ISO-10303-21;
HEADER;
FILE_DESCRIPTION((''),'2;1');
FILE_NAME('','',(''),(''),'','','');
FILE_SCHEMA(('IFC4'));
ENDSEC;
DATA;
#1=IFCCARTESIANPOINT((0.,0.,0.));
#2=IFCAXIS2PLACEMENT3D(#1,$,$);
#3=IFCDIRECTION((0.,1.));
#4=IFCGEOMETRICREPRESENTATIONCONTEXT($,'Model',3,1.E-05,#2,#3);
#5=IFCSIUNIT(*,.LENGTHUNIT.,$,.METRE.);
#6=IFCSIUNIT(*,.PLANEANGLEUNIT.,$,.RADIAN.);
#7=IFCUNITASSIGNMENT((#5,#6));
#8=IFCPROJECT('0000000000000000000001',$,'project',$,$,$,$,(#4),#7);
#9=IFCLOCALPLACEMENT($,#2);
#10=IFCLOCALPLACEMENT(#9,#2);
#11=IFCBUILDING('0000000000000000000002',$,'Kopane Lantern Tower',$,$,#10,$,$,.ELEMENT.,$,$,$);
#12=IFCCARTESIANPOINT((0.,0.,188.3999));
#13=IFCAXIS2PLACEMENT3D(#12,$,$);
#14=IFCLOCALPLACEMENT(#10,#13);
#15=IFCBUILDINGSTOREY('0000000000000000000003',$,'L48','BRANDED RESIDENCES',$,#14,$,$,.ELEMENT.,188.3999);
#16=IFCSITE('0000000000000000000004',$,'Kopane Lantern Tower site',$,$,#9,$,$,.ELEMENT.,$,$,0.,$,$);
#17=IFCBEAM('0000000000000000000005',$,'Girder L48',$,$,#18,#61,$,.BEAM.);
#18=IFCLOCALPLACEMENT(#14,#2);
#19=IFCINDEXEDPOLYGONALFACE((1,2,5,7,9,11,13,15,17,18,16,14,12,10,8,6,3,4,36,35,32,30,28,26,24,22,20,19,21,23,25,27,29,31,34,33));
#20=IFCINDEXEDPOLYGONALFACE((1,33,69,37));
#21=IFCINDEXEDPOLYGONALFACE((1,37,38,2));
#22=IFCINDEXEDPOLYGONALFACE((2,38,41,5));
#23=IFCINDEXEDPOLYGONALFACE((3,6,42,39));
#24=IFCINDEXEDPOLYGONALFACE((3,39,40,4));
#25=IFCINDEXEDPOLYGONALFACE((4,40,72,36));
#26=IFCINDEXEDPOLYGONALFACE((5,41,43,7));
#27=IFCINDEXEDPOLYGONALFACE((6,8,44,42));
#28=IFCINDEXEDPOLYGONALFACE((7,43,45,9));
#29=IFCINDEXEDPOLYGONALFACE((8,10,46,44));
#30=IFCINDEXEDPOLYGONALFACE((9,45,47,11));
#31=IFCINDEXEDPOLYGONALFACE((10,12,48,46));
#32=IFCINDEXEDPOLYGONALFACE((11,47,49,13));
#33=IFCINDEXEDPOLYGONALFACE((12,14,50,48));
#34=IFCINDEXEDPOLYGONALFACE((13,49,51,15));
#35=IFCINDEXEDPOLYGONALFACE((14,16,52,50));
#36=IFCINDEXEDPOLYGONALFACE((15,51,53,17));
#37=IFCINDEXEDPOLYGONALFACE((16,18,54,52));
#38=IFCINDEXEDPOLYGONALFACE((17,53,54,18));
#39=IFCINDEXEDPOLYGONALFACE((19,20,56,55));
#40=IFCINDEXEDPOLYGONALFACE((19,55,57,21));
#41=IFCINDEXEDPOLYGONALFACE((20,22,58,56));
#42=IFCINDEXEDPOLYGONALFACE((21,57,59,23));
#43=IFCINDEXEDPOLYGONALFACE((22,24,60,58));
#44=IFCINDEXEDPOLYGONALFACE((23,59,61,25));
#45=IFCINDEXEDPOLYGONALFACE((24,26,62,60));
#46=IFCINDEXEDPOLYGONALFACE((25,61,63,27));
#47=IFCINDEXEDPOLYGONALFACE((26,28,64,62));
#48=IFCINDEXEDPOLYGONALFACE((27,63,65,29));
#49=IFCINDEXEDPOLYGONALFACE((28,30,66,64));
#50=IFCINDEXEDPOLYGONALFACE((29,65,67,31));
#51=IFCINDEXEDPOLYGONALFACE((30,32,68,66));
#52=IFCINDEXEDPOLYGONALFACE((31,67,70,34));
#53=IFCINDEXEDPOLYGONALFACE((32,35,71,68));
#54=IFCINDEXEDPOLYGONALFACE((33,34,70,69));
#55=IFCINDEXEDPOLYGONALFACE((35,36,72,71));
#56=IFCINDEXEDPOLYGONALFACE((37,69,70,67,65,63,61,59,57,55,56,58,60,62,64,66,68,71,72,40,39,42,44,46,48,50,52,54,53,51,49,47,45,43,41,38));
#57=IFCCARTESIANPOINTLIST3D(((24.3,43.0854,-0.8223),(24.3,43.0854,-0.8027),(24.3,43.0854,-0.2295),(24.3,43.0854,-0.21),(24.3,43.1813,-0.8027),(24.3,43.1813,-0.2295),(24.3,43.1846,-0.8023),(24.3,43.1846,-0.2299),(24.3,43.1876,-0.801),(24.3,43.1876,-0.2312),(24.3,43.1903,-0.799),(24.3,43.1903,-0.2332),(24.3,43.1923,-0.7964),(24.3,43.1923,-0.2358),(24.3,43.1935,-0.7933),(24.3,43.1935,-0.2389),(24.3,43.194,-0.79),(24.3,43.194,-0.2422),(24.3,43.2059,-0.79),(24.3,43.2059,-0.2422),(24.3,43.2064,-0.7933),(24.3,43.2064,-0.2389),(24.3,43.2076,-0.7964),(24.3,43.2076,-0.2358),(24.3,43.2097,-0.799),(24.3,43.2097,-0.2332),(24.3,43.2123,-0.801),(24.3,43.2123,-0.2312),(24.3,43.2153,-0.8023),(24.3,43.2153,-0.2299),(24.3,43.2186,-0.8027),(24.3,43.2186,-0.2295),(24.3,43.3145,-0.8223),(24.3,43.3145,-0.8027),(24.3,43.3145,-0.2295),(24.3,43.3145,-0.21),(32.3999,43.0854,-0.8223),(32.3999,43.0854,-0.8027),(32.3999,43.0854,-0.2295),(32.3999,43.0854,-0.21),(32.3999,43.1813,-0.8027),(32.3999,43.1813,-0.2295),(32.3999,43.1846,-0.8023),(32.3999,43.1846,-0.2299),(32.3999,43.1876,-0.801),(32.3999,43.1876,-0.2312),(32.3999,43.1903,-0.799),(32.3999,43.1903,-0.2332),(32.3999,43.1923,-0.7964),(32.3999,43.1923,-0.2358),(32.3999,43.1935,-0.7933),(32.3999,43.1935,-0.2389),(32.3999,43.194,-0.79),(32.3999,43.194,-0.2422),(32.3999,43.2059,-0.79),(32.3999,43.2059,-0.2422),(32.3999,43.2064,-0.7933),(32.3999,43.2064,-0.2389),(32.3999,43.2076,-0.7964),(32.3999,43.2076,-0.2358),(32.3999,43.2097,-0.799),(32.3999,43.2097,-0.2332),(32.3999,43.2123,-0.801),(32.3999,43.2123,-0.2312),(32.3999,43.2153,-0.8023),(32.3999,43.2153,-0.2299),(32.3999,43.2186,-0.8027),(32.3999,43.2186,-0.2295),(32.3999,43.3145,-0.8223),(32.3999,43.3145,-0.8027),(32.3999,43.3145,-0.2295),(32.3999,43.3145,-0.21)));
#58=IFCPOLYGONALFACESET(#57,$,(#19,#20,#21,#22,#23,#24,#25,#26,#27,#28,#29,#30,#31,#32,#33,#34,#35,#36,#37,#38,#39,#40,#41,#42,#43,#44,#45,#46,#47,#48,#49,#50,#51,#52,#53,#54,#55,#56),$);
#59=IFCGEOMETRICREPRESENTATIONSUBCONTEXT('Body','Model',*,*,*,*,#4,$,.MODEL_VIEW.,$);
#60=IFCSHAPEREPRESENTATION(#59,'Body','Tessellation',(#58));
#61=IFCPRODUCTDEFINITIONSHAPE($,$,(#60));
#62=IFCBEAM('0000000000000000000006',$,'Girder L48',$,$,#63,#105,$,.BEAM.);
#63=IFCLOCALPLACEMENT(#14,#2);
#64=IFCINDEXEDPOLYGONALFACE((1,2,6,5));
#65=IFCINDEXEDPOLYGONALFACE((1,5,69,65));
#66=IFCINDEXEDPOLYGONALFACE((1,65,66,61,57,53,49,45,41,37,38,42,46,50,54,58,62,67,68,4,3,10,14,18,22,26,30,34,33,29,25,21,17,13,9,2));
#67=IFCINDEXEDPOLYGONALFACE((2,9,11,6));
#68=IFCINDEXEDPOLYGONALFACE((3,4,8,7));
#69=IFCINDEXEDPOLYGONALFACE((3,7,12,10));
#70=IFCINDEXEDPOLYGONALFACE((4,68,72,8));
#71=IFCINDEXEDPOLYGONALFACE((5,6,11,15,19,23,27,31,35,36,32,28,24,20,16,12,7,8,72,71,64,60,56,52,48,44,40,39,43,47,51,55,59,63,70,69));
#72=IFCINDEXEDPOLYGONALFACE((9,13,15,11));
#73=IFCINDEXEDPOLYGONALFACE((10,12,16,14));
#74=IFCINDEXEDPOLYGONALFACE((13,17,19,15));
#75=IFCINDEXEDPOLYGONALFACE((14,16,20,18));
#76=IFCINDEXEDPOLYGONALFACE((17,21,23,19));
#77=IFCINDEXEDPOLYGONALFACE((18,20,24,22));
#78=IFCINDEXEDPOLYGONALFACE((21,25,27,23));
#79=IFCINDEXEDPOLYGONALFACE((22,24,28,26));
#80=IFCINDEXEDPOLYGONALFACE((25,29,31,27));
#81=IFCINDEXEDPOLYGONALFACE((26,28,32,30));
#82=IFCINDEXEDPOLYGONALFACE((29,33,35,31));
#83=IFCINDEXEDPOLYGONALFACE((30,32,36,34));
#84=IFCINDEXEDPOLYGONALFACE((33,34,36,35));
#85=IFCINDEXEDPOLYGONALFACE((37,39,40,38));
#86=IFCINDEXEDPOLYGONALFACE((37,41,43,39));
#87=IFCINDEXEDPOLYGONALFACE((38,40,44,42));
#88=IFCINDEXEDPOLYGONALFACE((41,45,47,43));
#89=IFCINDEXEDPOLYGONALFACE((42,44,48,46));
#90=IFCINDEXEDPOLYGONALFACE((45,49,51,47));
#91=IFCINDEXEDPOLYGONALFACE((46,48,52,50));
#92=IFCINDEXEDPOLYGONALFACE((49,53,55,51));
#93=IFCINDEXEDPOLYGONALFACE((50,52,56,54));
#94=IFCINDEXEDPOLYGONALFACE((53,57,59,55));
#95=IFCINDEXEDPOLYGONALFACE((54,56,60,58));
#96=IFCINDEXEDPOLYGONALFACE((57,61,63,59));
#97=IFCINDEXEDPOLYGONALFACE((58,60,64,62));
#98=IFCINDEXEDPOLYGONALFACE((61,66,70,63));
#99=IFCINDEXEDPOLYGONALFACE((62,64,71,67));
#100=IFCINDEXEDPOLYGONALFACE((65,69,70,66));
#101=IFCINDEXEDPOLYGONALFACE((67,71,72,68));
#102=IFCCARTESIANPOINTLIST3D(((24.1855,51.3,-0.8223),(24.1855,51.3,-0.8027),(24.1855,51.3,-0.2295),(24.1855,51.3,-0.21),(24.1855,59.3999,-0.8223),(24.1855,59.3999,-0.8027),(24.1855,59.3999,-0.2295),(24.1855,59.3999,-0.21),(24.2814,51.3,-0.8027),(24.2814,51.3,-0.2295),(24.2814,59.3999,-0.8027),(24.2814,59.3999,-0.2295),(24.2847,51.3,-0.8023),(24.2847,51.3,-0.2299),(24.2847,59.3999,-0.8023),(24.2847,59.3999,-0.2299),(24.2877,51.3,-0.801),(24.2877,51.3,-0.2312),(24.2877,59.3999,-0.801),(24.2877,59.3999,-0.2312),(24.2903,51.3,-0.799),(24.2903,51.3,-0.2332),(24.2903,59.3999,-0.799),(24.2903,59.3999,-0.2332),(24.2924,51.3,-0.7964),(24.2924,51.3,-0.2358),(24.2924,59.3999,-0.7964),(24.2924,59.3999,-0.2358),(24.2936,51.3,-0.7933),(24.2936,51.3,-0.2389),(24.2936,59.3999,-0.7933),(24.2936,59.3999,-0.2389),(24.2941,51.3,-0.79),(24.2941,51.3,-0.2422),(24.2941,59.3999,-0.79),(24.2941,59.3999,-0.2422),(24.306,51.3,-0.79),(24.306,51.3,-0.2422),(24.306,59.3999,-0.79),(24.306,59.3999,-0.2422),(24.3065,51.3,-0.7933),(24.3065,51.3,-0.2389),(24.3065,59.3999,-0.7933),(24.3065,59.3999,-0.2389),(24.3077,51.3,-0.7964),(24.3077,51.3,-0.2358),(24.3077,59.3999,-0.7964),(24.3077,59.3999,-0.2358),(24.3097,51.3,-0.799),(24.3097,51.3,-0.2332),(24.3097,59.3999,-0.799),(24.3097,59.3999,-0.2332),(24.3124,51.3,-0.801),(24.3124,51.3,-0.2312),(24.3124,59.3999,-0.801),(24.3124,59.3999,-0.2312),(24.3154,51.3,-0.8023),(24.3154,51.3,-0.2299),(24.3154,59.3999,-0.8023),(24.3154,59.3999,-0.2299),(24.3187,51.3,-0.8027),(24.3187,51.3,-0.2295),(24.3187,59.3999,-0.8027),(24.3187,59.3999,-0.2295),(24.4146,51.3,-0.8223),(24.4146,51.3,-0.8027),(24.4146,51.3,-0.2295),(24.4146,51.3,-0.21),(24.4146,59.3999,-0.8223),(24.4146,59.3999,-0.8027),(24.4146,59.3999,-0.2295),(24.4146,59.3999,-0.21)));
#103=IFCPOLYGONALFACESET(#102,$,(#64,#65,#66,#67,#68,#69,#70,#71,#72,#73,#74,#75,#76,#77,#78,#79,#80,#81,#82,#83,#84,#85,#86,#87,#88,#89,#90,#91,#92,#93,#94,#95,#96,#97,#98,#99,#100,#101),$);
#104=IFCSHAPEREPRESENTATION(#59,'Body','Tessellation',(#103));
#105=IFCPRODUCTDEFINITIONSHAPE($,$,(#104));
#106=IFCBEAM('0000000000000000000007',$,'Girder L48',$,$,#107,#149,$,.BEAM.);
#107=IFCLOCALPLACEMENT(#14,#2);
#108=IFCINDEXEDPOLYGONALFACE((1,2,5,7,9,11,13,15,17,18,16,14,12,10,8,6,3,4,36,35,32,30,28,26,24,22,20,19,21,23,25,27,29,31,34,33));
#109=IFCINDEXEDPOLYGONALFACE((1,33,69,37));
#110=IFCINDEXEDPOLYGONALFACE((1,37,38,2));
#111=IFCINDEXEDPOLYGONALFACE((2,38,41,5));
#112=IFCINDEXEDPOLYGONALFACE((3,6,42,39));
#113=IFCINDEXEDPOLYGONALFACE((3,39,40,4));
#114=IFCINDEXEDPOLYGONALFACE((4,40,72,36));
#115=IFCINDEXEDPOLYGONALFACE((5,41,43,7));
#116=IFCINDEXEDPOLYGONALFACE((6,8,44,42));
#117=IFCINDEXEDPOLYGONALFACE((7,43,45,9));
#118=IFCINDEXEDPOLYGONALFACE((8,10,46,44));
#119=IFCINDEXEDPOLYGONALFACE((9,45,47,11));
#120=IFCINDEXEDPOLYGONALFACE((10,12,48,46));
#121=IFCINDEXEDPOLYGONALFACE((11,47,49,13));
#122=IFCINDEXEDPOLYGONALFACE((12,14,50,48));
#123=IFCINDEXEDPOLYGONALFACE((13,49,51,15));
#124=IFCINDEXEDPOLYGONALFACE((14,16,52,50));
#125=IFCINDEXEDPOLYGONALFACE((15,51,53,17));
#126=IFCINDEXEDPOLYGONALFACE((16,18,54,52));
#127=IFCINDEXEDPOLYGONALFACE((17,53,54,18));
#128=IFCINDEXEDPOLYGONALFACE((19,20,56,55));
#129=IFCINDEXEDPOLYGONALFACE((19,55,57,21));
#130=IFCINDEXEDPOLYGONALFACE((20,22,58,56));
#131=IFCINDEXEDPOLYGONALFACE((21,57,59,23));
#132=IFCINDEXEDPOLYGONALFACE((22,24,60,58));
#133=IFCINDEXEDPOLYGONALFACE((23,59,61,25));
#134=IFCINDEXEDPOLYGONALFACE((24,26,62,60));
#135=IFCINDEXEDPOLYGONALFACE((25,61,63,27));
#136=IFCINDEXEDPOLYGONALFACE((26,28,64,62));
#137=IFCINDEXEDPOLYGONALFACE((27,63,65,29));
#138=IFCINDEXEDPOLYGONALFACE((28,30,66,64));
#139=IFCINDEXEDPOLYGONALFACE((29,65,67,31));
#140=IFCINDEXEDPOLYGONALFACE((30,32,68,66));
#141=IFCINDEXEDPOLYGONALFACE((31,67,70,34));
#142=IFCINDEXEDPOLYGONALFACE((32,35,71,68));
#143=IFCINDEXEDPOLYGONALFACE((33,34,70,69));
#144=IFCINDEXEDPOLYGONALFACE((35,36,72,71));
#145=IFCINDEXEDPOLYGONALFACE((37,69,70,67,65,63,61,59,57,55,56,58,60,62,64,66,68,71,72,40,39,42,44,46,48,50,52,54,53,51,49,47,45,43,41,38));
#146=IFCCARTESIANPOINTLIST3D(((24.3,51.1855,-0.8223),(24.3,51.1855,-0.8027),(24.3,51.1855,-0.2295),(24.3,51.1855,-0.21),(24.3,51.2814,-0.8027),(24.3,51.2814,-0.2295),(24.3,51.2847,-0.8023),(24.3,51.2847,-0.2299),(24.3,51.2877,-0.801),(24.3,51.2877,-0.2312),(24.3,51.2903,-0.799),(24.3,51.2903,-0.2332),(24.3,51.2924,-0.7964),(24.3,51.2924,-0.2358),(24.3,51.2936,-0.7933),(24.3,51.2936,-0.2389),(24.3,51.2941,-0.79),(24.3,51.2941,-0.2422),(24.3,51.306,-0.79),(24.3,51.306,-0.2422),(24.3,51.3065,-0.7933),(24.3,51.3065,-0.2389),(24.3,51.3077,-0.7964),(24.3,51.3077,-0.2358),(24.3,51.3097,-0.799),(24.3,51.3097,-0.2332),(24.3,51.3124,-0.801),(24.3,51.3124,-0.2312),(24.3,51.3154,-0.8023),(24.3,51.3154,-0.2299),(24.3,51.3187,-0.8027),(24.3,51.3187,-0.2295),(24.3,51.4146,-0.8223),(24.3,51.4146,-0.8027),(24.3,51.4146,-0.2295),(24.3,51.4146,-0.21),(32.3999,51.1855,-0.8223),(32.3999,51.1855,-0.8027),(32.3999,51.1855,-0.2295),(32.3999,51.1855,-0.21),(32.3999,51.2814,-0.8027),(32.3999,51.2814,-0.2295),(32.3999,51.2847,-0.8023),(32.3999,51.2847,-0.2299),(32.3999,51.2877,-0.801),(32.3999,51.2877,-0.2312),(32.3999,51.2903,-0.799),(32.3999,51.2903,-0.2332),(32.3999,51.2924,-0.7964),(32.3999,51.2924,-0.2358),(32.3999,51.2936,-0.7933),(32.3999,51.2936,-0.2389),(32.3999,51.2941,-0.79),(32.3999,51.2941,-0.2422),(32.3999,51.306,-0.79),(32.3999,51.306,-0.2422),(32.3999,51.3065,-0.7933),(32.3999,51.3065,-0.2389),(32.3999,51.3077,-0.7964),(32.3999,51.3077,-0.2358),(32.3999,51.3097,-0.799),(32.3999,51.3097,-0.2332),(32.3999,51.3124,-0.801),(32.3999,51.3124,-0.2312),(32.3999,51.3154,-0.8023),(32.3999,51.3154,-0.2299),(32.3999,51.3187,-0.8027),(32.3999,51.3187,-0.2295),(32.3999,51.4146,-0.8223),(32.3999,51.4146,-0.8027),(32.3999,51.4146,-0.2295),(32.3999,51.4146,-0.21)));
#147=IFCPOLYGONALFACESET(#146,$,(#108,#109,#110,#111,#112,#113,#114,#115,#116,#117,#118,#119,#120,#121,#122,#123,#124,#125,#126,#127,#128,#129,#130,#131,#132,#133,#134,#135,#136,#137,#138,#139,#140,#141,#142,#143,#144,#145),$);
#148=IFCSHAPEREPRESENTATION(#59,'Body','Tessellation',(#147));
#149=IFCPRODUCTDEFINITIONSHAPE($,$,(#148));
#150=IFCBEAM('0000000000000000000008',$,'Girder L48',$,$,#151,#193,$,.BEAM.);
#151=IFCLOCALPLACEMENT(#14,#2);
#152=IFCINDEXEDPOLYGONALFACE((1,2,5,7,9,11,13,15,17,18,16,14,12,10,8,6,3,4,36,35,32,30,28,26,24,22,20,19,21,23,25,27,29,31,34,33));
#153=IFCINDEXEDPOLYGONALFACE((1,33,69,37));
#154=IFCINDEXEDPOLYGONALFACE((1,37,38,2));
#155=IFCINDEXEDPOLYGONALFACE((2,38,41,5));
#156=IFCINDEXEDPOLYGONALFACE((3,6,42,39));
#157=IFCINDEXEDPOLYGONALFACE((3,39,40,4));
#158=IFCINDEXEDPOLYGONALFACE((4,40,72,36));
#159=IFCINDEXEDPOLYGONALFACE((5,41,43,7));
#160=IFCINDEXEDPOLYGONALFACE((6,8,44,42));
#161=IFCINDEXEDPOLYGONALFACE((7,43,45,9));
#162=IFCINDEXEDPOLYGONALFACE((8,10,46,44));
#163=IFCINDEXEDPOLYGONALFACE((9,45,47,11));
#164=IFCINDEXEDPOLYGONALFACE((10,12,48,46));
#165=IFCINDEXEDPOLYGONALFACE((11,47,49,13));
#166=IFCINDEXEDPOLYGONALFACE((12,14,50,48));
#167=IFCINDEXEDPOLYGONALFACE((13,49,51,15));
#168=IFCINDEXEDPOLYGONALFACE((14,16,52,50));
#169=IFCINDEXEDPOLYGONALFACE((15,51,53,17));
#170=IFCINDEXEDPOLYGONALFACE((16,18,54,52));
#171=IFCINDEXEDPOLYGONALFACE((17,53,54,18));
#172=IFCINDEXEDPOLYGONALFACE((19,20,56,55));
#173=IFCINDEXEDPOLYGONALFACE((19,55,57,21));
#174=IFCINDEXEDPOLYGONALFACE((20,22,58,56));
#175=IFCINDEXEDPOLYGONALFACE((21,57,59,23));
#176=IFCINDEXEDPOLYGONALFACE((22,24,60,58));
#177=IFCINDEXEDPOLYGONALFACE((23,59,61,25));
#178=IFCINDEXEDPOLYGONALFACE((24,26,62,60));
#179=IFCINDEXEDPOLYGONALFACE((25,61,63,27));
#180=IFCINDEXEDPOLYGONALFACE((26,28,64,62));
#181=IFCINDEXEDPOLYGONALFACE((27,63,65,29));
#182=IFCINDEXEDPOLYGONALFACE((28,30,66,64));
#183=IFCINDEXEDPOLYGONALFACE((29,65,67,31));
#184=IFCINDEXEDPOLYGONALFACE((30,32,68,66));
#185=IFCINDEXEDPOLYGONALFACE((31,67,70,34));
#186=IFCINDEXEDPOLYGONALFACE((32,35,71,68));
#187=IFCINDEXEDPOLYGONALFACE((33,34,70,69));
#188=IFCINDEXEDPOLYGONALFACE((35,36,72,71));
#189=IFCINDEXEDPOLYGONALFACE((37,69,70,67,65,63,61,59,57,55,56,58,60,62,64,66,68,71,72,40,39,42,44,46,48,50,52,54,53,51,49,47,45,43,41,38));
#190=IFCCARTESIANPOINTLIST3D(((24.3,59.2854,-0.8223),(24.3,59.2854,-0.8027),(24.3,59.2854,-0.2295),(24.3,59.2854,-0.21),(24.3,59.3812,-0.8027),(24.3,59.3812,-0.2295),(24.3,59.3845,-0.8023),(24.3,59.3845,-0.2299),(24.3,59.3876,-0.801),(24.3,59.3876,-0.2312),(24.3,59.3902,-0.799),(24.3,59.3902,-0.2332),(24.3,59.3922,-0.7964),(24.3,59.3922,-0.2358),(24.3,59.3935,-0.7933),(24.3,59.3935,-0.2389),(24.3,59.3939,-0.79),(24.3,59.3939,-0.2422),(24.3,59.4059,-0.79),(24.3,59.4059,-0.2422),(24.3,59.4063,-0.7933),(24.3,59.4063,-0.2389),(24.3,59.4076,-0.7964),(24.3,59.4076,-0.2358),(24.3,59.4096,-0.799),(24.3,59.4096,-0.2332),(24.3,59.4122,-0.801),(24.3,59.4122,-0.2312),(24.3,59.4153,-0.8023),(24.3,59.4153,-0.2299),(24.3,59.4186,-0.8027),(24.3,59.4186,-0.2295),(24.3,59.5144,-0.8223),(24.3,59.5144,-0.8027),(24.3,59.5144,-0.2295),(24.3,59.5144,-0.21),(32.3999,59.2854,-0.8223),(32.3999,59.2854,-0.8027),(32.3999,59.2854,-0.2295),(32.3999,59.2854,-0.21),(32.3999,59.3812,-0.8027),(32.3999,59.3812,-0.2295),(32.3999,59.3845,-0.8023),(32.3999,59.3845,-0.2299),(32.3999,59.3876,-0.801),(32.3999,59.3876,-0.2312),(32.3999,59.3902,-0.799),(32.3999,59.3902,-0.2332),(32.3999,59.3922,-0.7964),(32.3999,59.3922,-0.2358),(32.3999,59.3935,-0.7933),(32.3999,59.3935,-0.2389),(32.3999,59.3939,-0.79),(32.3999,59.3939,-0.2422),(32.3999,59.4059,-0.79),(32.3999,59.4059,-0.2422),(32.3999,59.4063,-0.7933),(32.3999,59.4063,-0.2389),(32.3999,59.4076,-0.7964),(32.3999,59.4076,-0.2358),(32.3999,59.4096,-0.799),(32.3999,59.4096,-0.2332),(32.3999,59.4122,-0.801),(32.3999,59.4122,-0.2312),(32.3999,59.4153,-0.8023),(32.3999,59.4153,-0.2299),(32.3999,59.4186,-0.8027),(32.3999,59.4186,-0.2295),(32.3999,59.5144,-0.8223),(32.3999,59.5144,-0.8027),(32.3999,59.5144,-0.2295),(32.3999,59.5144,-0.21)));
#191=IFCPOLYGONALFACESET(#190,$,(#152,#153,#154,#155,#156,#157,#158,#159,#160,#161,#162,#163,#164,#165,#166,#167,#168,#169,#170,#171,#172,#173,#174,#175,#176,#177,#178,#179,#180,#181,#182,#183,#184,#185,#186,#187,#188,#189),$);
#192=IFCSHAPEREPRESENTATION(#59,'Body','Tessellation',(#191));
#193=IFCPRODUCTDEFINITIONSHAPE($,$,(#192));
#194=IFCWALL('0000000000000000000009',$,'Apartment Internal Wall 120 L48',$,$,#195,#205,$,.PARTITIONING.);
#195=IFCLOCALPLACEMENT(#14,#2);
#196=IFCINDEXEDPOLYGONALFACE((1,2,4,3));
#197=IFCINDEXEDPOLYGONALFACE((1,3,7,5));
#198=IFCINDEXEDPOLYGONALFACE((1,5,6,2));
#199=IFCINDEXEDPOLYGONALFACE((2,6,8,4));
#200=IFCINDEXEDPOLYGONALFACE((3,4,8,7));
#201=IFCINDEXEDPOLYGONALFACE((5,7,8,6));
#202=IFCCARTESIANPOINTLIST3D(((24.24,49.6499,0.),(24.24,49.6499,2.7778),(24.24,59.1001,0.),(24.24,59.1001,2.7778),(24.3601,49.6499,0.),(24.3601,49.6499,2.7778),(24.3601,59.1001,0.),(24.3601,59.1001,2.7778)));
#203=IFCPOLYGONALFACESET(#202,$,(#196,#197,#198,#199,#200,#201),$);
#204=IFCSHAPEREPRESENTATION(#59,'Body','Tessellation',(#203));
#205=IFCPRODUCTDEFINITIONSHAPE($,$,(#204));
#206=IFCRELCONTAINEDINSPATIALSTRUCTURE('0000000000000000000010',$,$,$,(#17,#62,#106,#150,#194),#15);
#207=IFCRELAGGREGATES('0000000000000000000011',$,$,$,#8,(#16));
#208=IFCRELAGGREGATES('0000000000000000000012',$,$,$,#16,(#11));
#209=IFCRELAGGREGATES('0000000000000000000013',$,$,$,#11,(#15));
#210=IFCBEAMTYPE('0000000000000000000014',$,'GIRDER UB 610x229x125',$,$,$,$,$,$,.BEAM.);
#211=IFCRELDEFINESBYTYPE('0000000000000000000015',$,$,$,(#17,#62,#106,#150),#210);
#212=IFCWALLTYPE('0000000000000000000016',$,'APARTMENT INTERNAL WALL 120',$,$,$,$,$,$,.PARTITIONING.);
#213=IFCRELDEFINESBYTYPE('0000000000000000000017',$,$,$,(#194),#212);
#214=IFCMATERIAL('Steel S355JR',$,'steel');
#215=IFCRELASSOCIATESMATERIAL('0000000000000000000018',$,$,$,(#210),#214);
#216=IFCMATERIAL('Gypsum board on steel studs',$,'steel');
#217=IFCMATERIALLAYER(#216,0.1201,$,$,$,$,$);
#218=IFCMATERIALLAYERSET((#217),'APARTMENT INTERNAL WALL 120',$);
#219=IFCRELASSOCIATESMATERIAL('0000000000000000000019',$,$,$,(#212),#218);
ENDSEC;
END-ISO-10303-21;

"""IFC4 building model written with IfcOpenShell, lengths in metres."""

from ifc_helpers import new_model, si_unit, direction, frame, frame_2d, origin, origin_2d, place, context, subcontext, project, spatial, rectangle, i_section, extrude, material, layer, layer_set, material_profile, profile_set, type_object, element, save


model = new_model("IFC4")

# Units and contexts
model_context = context("Model", 3, precision=1e-05, world=origin(), true_north=direction((0.0, 1.0)))
body_context = subcontext(model_context, "Body", "Model", "MODEL_VIEW")
ifc_project = project(units=[si_unit("LENGTHUNIT", "METRE"), si_unit("PLANEANGLEUNIT", "RADIAN")], contexts=[model_context])

# Site, building, storey
site_placement = place(None, origin())
site = spatial("IfcSite", under=ifc_project, at=site_placement, Name="Kopane Lantern Tower site", CompositionType="ELEMENT", RefElevation=0.0)
building_placement = place(site_placement, origin())
building = spatial("IfcBuilding", under=site, at=building_placement, Name="Kopane Lantern Tower", CompositionType="ELEMENT")
storey_placement = place(building_placement, frame((0.0, 0.0, 188.3999)))
storey = spatial("IfcBuildingStorey", under=building, at=storey_placement, Name="L48", Description="BRANDED RESIDENCES", CompositionType="ELEMENT", Elevation=188.3999)

# Beams
ifc_material_1 = material(Name="Steel S355JR", Category="steel")
ifc_material_profile_1 = material_profile(ifc_material_1, i_section(OverallWidth=0.229, OverallDepth=0.6123, WebThickness=0.012, FlangeThickness=0.0195, FilletRadius=0.0127, at=origin_2d()), Name="UB 610x229x125")
ifc_profile_set_1 = profile_set([ifc_material_profile_1], Name="Steel S355JR")
beam_type = type_object("IfcBeamType", Name="GIRDER UB 610x229x125", PredefinedType="BEAM", material=ifc_profile_set_1)
for number, where, z_axis, x_axis, name in (
    (1, (24.3, 43.2, -0.5161), (1.0, 0.0, 0.0), (0.0, 1.0, 0.0), "Girder L48"),
    (2, (24.3, 51.3, -0.5161), (0.0, 1.0, 0.0), (-1.0, 0.0, 0.0), "Girder L48"),
    (3, (24.3, 51.3, -0.5161), (1.0, 0.0, 0.0), (0.0, 1.0, 0.0), "Girder L48"),
    (4, (24.3, 59.3999, -0.5161), (1.0, 0.0, 0.0), (0.0, 1.0, 0.0), "Girder L48"),
):
    element("IfcBeam", number, at=place(storey_placement, frame(where, z_axis=z_axis, x_axis=x_axis)), inside=storey, type_object=beam_type, Name=name, PredefinedType="BEAM", context=body_context, shape_type="SweptSolid", body=[
        extrude(i_section(OverallWidth=0.229, OverallDepth=0.6123, WebThickness=0.012, FlangeThickness=0.0195, FilletRadius=0.0127, at=origin_2d()), origin(), (0.0, 0.0, 1.0), 8.0999),
    ])

# Wall
ifc_material_2 = material(Name="Gypsum board on steel studs", Category="steel")
ifc_layer_1 = layer(ifc_material_2, 0.1201)
ifc_layer_set_1 = layer_set([ifc_layer_1], Name="APARTMENT INTERNAL WALL 120")
wall_type_1 = type_object("IfcWallType", Name="APARTMENT INTERNAL WALL 120", PredefinedType="PARTITIONING", material=ifc_layer_set_1)
wall_1_placement = place(storey_placement, frame((24.3, 49.6499, 0.0), z_axis=(0.0, 0.0, 1.0), x_axis=(0.0, 1.0, 0.0)))
element("IfcWall", 5, at=wall_1_placement, inside=storey, type_object=wall_type_1, Name="Apartment Internal Wall 120 L48", PredefinedType="PARTITIONING", context=body_context, shape_type="SweptSolid", body=[
    extrude(rectangle(XDim=9.4502, YDim=0.1201, at=frame_2d((4.7251, 0.0))), origin(), (0.0, 0.0, 1.0), 2.7778),
])

save(model, "model.ifc")
